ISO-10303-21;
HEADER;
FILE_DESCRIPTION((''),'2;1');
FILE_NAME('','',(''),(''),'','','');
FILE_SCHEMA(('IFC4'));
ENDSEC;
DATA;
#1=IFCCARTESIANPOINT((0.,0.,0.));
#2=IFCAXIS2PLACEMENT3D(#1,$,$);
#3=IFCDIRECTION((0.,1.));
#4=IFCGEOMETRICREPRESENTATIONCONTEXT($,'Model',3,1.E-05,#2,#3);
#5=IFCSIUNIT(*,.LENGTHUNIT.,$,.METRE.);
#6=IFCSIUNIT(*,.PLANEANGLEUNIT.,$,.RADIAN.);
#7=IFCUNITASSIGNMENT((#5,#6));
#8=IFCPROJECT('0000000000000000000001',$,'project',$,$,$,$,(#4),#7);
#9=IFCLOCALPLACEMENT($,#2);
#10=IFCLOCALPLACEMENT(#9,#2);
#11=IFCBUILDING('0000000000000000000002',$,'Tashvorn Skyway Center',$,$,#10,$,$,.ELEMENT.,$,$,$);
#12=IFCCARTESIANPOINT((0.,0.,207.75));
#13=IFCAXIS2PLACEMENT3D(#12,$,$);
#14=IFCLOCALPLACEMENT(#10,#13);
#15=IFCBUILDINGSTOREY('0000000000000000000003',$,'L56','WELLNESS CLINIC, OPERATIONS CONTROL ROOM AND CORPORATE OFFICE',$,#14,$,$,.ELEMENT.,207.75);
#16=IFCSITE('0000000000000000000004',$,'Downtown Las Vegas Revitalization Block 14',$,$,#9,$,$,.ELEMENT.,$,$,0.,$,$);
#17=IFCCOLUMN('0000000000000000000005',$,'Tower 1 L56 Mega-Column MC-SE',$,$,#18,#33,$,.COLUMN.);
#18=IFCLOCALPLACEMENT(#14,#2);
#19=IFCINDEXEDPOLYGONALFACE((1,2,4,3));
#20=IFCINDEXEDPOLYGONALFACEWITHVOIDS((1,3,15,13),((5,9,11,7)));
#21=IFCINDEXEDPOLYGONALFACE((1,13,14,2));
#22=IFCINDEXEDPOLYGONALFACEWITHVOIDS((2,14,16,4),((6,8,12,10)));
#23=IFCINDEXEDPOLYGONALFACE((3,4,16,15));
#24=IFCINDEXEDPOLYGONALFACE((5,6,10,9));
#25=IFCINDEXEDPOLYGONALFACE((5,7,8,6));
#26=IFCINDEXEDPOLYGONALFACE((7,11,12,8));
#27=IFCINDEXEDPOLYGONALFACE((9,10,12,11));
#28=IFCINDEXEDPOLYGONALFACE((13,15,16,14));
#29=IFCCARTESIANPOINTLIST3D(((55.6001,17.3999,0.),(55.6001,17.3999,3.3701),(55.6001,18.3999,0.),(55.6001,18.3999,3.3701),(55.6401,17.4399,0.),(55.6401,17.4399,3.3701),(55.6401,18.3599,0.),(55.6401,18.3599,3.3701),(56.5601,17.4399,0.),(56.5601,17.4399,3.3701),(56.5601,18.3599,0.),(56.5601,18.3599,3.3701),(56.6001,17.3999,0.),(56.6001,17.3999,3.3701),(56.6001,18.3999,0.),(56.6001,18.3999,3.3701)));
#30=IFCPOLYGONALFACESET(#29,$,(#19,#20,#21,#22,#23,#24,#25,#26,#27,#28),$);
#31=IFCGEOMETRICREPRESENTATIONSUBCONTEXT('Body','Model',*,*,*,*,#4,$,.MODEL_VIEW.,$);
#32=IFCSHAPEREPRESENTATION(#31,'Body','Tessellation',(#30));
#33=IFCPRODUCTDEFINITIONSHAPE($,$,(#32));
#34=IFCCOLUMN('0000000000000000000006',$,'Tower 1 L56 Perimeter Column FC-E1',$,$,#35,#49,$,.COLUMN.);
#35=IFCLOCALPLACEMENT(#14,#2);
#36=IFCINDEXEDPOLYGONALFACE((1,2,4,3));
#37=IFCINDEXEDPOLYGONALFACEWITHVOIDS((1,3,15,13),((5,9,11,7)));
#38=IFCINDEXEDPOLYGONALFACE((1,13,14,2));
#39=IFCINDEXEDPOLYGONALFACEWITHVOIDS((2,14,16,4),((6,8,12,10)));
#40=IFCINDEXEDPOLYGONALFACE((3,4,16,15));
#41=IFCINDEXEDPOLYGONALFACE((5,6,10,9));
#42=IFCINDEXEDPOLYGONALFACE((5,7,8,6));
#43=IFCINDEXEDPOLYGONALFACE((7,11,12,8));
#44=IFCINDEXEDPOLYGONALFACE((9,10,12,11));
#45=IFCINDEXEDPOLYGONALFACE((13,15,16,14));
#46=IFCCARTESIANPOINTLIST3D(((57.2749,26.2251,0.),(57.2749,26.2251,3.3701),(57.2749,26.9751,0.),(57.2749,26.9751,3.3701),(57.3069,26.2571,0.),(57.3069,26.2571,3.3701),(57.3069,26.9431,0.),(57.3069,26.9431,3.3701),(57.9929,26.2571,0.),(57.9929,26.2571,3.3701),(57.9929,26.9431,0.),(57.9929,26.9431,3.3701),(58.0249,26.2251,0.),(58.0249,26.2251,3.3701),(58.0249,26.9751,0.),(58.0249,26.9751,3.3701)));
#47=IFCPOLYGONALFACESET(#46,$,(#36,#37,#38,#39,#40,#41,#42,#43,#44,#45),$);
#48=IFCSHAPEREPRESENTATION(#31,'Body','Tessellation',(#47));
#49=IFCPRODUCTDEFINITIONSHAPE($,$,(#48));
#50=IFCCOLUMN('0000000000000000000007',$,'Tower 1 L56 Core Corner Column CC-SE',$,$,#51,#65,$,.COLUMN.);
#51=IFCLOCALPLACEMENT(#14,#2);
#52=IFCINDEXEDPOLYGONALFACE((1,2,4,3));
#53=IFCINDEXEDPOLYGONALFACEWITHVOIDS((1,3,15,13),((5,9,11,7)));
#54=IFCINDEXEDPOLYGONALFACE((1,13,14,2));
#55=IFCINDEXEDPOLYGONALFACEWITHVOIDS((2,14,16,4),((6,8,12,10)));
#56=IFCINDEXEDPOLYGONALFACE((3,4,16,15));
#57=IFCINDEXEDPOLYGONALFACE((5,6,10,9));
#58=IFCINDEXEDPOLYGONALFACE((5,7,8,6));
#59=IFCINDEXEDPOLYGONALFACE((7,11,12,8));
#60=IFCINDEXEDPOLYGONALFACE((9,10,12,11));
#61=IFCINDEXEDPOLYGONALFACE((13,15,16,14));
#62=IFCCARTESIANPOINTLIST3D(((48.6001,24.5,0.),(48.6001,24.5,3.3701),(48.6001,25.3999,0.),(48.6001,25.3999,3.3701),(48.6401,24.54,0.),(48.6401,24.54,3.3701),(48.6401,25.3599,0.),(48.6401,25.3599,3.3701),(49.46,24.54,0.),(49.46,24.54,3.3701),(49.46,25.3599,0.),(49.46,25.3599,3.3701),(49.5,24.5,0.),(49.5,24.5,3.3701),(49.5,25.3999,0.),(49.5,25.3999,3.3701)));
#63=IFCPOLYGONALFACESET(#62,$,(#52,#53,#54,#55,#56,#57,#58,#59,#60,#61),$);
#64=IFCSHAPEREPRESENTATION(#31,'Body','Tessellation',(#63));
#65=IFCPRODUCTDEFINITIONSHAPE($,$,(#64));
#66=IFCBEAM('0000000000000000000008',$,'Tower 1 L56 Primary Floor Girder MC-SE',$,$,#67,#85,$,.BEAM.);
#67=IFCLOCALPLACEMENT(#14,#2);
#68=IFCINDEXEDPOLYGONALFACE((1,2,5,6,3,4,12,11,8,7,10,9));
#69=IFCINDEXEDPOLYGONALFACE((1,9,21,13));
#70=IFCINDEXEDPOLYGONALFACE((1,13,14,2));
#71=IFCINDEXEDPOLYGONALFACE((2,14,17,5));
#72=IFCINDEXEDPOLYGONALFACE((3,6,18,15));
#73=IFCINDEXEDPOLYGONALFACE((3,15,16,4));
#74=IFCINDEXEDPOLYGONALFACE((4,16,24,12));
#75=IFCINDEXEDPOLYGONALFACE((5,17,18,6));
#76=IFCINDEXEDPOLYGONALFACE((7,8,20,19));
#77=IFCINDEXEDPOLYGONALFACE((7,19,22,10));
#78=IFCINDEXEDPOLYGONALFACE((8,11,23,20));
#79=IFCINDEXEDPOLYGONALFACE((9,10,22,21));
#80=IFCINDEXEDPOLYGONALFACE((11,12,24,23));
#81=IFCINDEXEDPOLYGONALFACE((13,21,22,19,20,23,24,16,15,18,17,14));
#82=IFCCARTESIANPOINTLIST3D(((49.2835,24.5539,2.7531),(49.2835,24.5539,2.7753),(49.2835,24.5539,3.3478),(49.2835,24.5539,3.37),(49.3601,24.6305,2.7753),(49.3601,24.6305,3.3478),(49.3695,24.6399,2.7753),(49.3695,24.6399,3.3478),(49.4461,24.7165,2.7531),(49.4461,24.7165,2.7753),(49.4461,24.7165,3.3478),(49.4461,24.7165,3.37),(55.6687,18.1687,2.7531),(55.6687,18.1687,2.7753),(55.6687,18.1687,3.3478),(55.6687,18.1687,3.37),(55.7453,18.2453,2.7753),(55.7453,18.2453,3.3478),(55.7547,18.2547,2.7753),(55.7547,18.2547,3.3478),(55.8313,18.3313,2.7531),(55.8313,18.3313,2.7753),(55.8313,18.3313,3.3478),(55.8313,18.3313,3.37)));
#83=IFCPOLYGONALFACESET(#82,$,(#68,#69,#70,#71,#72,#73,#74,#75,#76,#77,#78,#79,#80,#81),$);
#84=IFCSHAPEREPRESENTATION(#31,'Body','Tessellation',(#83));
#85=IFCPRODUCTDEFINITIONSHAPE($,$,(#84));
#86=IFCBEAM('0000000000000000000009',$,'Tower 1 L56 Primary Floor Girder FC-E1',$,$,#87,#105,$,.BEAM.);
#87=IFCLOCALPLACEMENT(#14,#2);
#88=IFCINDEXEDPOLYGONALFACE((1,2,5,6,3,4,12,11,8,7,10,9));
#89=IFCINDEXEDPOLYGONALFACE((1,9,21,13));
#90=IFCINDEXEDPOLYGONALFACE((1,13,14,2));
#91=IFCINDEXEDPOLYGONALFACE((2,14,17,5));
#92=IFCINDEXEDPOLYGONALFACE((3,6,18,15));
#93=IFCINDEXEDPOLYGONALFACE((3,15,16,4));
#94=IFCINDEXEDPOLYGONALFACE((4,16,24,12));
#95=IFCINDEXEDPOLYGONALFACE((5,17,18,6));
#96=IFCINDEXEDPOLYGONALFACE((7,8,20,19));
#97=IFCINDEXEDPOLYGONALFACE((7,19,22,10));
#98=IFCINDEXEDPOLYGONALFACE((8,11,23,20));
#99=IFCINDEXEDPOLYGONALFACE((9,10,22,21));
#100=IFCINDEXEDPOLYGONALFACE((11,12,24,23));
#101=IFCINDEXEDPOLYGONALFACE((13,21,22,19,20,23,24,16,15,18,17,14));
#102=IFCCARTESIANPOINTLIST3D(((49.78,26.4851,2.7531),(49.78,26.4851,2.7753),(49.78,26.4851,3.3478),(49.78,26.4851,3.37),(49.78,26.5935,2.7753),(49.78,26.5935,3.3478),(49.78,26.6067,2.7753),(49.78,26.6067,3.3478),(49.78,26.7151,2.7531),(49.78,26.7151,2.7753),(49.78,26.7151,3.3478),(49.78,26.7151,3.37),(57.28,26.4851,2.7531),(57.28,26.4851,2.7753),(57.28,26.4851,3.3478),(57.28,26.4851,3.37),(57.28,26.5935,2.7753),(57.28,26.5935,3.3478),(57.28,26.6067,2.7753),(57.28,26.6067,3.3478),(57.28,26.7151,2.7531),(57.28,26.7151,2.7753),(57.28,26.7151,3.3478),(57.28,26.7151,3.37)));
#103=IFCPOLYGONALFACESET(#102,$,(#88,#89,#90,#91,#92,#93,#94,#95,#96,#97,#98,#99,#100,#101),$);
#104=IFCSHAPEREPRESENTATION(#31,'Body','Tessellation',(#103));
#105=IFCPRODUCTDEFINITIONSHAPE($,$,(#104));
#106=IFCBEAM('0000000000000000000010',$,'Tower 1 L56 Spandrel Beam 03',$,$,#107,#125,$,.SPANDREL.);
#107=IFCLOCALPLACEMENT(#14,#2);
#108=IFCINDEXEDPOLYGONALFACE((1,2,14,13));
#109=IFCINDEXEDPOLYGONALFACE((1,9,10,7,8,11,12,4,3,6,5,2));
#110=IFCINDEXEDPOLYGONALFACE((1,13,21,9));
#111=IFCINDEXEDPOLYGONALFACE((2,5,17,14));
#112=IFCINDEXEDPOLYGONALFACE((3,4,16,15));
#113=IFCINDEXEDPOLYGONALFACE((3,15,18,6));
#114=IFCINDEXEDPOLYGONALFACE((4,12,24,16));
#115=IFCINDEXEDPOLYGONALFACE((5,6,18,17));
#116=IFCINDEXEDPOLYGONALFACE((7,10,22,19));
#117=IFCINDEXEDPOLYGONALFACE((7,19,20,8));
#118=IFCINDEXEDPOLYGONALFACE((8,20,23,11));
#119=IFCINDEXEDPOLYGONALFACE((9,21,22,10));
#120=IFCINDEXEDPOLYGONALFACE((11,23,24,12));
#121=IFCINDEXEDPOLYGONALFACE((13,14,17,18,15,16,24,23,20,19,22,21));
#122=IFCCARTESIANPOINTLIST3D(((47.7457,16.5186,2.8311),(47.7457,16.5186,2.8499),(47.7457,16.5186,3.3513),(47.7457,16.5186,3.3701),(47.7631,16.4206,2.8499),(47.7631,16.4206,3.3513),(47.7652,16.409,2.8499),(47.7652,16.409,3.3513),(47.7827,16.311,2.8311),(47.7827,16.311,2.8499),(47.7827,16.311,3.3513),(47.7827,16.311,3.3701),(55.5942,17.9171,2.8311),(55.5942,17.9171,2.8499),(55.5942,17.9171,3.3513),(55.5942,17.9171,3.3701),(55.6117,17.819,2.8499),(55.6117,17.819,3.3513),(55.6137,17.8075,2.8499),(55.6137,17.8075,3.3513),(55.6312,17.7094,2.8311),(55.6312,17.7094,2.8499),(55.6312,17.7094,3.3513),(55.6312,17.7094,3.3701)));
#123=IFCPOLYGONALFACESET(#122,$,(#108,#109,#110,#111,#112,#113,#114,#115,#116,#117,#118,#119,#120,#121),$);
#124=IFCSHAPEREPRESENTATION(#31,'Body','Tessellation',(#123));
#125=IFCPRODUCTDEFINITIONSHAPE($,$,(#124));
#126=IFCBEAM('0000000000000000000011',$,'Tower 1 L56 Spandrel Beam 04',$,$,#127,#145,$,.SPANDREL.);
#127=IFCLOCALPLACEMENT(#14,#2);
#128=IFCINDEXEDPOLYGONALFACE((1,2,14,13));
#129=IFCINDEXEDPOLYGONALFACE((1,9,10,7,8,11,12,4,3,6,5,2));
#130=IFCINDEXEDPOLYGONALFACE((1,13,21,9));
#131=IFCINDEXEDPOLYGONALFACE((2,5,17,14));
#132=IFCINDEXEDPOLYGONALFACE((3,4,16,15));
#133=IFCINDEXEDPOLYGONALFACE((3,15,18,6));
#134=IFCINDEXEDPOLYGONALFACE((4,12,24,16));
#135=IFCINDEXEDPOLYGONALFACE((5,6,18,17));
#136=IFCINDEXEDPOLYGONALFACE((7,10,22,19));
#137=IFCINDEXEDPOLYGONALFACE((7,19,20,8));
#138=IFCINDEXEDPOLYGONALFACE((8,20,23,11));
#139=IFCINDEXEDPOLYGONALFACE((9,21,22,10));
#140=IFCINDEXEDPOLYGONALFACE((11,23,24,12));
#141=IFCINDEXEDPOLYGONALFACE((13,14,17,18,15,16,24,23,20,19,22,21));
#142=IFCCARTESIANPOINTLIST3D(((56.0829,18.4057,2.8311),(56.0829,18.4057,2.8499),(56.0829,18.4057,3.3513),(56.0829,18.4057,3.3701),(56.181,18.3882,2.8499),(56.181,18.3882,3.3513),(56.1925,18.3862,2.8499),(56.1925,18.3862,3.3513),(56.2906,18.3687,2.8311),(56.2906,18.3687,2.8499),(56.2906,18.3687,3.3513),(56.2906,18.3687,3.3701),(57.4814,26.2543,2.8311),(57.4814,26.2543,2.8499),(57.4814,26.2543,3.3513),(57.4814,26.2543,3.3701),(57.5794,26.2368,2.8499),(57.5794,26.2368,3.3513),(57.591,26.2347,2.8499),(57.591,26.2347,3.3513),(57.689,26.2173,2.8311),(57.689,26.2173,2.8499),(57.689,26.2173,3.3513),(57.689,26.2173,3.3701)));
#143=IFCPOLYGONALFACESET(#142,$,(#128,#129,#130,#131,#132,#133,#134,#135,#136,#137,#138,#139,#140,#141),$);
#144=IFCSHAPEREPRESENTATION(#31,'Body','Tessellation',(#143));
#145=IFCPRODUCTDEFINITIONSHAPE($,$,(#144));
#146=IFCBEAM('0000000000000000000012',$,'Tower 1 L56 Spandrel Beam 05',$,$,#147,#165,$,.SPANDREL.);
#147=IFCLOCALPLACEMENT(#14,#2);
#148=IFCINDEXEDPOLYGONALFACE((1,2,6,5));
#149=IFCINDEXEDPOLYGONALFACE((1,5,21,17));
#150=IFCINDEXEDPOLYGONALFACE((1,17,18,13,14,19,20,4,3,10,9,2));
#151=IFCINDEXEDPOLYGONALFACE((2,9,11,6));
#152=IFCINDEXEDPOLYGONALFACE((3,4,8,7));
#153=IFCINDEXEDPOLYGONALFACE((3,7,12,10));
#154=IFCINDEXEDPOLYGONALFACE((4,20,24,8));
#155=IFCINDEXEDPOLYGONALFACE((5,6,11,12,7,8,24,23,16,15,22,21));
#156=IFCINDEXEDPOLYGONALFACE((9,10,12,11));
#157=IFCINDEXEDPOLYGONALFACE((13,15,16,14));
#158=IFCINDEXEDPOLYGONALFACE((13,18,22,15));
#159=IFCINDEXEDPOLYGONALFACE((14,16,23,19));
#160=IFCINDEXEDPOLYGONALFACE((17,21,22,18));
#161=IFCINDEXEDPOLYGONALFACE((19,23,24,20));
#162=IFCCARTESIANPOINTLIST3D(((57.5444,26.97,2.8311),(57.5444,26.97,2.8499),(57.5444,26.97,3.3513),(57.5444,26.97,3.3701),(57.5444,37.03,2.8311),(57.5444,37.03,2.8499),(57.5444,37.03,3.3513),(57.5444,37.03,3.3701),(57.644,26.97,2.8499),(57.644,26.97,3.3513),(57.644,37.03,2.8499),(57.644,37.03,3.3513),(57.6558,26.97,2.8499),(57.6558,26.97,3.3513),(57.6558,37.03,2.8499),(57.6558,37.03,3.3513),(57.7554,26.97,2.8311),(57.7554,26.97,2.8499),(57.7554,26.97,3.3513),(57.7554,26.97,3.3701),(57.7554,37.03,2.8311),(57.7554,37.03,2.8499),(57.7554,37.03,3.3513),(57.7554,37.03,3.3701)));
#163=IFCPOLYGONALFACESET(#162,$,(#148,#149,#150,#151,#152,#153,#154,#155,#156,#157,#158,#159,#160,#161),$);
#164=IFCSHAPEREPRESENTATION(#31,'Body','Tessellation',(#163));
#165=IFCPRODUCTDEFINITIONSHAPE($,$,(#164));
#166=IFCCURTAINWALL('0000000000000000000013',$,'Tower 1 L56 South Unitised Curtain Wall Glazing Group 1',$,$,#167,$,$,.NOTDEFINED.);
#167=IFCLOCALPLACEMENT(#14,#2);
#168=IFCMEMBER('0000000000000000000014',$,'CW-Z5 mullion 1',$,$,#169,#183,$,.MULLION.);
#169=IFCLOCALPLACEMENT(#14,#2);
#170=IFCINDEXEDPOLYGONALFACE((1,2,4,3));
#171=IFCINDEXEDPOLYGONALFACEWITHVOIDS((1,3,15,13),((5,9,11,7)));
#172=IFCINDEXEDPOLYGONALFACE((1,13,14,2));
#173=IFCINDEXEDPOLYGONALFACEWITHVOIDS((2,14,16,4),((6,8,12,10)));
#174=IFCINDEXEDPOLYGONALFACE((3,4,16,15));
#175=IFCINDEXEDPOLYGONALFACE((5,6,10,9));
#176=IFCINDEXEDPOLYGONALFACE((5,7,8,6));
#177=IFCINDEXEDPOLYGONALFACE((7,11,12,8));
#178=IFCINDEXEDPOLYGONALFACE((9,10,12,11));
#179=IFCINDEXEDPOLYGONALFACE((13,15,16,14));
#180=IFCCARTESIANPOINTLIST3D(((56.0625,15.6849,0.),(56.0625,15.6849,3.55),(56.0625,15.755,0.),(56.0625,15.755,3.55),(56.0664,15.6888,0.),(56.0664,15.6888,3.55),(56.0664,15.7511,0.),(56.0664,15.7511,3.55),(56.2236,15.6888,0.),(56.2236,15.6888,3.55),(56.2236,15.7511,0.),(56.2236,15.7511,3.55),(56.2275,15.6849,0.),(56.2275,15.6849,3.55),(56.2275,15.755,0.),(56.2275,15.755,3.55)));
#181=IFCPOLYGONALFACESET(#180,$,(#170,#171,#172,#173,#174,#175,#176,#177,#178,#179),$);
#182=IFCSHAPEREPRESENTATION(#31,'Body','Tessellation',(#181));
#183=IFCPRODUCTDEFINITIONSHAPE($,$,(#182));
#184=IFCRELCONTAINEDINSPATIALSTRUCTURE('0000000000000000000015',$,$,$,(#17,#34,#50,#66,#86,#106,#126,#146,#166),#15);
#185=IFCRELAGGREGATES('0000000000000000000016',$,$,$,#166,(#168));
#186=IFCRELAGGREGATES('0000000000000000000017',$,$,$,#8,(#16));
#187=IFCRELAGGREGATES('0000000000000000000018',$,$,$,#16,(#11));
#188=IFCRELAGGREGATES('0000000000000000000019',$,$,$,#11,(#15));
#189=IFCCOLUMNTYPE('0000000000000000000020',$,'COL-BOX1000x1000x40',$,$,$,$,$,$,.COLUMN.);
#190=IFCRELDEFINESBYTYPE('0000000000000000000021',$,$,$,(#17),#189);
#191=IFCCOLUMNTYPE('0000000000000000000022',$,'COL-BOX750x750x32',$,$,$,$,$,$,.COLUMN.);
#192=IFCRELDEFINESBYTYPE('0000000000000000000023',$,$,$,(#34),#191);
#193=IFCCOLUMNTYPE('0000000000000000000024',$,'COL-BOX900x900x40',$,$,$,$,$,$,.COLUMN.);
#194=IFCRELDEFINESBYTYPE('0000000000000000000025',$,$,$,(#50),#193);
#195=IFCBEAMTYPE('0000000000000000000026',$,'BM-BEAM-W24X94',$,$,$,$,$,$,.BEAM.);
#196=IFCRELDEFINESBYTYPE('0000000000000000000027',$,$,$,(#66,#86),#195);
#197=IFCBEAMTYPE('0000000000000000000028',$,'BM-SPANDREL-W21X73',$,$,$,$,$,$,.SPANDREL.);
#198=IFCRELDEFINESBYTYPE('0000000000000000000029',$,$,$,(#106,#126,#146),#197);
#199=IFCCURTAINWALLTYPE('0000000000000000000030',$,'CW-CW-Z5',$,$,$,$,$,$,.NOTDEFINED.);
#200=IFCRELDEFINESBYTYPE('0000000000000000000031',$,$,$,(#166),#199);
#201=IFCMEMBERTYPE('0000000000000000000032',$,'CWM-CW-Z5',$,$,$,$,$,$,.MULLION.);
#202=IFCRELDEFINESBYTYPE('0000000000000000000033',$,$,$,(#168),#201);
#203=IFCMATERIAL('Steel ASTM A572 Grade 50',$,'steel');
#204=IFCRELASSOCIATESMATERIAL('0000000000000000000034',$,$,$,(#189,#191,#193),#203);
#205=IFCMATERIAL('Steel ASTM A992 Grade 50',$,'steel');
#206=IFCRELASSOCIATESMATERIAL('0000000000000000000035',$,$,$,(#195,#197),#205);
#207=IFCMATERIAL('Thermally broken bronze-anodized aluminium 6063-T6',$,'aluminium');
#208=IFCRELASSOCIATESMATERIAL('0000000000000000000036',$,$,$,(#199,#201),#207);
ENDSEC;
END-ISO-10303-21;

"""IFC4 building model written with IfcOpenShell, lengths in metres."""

from ifc_helpers import new_model, si_unit, direction, frame, origin, origin_2d, place, context, subcontext, project, spatial, hollow_rectangle, i_section, extrude, material, material_profile, profile_set, type_object, element, aggregate, save


model = new_model("IFC4")

# Units and contexts
model_context = context("Model", 3, precision=1e-05, world=origin(), true_north=direction((0.0, 1.0)))
body_context = subcontext(model_context, "Body", "Model", "MODEL_VIEW")
ifc_project = project(units=[si_unit("LENGTHUNIT", "METRE"), si_unit("PLANEANGLEUNIT", "RADIAN")], contexts=[model_context])

# Site, building, storey
site_placement = place(None, origin())
site = spatial("IfcSite", under=ifc_project, at=site_placement, Name="Downtown Las Vegas Revitalization Block 14", CompositionType="ELEMENT", RefElevation=0.0)
building_placement = place(site_placement, origin())
building = spatial("IfcBuilding", under=site, at=building_placement, Name="Tashvorn Skyway Center", CompositionType="ELEMENT")
storey_placement = place(building_placement, frame((0.0, 0.0, 207.75)))
storey = spatial("IfcBuildingStorey", under=building, at=storey_placement, Name="L56", Description="WELLNESS CLINIC, OPERATIONS CONTROL ROOM AND CORPORATE OFFICE", CompositionType="ELEMENT", Elevation=207.75)

# Columns
ifc_material_1 = material(Name="Steel ASTM A572 Grade 50", Category="steel")
ifc_material_profile_1 = material_profile(ifc_material_1, hollow_rectangle(XDim=1.0, YDim=1.0, WallThickness=0.04, at=origin_2d()), Name="BOX1000x1000x40")
ifc_profile_set_1 = profile_set([ifc_material_profile_1], Name="Steel ASTM A572 Grade 50")
column_type_1 = type_object("IfcColumnType", Name="COL-BOX1000x1000x40", PredefinedType="COLUMN", material=ifc_profile_set_1)
column_1_placement = place(storey_placement, frame((56.1001, 17.8999, 0.0), z_axis=(0.0, 0.0, 1.0), x_axis=(1.0, 0.0, 0.0)))
element("IfcColumn", 1, at=column_1_placement, inside=storey, type_object=column_type_1, Name="Tower 1 L56 Mega-Column MC-SE", PredefinedType="COLUMN", context=body_context, shape_type="SweptSolid", body=[
    extrude(hollow_rectangle(XDim=1.0, YDim=1.0, WallThickness=0.04, at=origin_2d()), origin(), (0.0, 0.0, 1.0), 3.3701),
])
ifc_material_profile_2 = material_profile(ifc_material_1, hollow_rectangle(XDim=0.75, YDim=0.75, WallThickness=0.032, at=origin_2d()), Name="BOX750x750x32")
ifc_profile_set_2 = profile_set([ifc_material_profile_2], Name="Steel ASTM A572 Grade 50")
column_type_2 = type_object("IfcColumnType", Name="COL-BOX750x750x32", PredefinedType="COLUMN", material=ifc_profile_set_2)
column_2_placement = place(storey_placement, frame((57.6499, 26.6001, 0.0), z_axis=(0.0, 0.0, 1.0), x_axis=(1.0, 0.0, 0.0)))
element("IfcColumn", 2, at=column_2_placement, inside=storey, type_object=column_type_2, Name="Tower 1 L56 Perimeter Column FC-E1", PredefinedType="COLUMN", context=body_context, shape_type="SweptSolid", body=[
    extrude(hollow_rectangle(XDim=0.75, YDim=0.75, WallThickness=0.032, at=origin_2d()), origin(), (0.0, 0.0, 1.0), 3.3701),
])
ifc_material_profile_3 = material_profile(ifc_material_1, hollow_rectangle(XDim=0.8999, YDim=0.8999, WallThickness=0.04, at=origin_2d()), Name="BOX900x900x40")
ifc_profile_set_3 = profile_set([ifc_material_profile_3], Name="Steel ASTM A572 Grade 50")
column_type_3 = type_object("IfcColumnType", Name="COL-BOX900x900x40", PredefinedType="COLUMN", material=ifc_profile_set_3)
column_3_placement = place(storey_placement, frame((49.05, 24.95, 0.0), z_axis=(0.0, 0.0, 1.0), x_axis=(1.0, 0.0, 0.0)))
element("IfcColumn", 3, at=column_3_placement, inside=storey, type_object=column_type_3, Name="Tower 1 L56 Core Corner Column CC-SE", PredefinedType="COLUMN", context=body_context, shape_type="SweptSolid", body=[
    extrude(hollow_rectangle(XDim=0.8999, YDim=0.8999, WallThickness=0.04, at=origin_2d()), origin(), (0.0, 0.0, 1.0), 3.3701),
])

# Beams
ifc_material_2 = material(Name="Steel ASTM A992 Grade 50", Category="steel")
ifc_material_profile_4 = material_profile(ifc_material_2, i_section(OverallWidth=0.23, OverallDepth=0.6169, WebThickness=0.0132, FlangeThickness=0.0222, at=origin_2d()), Name="W24X94")
ifc_profile_set_4 = profile_set([ifc_material_profile_4], Name="Steel ASTM A992 Grade 50")
beam_type_1 = type_object("IfcBeamType", Name="BM-BEAM-W24X94", PredefinedType="BEAM", material=ifc_profile_set_4)
beam_1_placement = place(storey_placement, frame((55.75, 18.25, 3.0615), z_axis=(-0.707107, 0.707107, 0.0), x_axis=(-0.707107, -0.707107, 0.0)))
element("IfcBeam", 4, at=beam_1_placement, inside=storey, type_object=beam_type_1, Name="Tower 1 L56 Primary Floor Girder MC-SE", PredefinedType="BEAM", context=body_context, shape_type="SweptSolid", body=[
    extrude(i_section(OverallWidth=0.23, OverallDepth=0.6169, WebThickness=0.0132, FlangeThickness=0.0222, at=origin_2d()), origin(), (0.0, 0.0, 1.0), 9.03),
])
beam_2_placement = place(storey_placement, frame((57.28, 26.6001, 3.0615), z_axis=(-1.0, 0.0, 0.0), x_axis=(0.0, -1.0, 0.0)))
element("IfcBeam", 5, at=beam_2_placement, inside=storey, type_object=beam_type_1, Name="Tower 1 L56 Primary Floor Girder FC-E1", PredefinedType="BEAM", context=body_context, shape_type="SweptSolid", body=[
    extrude(i_section(OverallWidth=0.23, OverallDepth=0.6169, WebThickness=0.0132, FlangeThickness=0.0222, at=origin_2d()), origin(), (0.0, 0.0, 1.0), 7.5),
])
ifc_material_profile_5 = material_profile(ifc_material_2, i_section(OverallWidth=0.2109, OverallDepth=0.5391, WebThickness=0.0117, FlangeThickness=0.0188, at=origin_2d()), Name="W21X73")
ifc_profile_set_5 = profile_set([ifc_material_profile_5], Name="Steel ASTM A992 Grade 50")
beam_type_2 = type_object("IfcBeamType", Name="BM-SPANDREL-W21X73", PredefinedType="SPANDREL", material=ifc_profile_set_5)
for number, where, z_axis, x_axis, name in (
    (6, (47.7642, 16.4148, 3.1006), (0.984495, 0.175413, 0.0), (-0.175413, 0.984495, 0.0), "Tower 1 L56 Spandrel Beam 03"),
    (7, (56.1868, 18.3872, 3.1006), (0.175413, 0.984495, 0.0), (-0.984495, 0.175413, 0.0), "Tower 1 L56 Spandrel Beam 04"),
):
    element("IfcBeam", number, at=place(storey_placement, frame(where, z_axis=z_axis, x_axis=x_axis)), inside=storey, type_object=beam_type_2, Name=name, PredefinedType="SPANDREL", context=body_context, shape_type="SweptSolid", body=[
        extrude(i_section(OverallWidth=0.2109, OverallDepth=0.5391, WebThickness=0.0117, FlangeThickness=0.0188, at=origin_2d()), origin(), (0.0, 0.0, 1.0), 7.9722),
    ])
beam_3_placement = place(storey_placement, frame((57.6499, 26.97, 3.1006), z_axis=(0.0, 1.0, 0.0), x_axis=(-1.0, 0.0, 0.0)))
element("IfcBeam", 8, at=beam_3_placement, inside=storey, type_object=beam_type_2, Name="Tower 1 L56 Spandrel Beam 05", PredefinedType="SPANDREL", context=body_context, shape_type="SweptSolid", body=[
    extrude(i_section(OverallWidth=0.2109, OverallDepth=0.5391, WebThickness=0.0117, FlangeThickness=0.0188, at=origin_2d()), origin(), (0.0, 0.0, 1.0), 10.0601),
])

# Curtain wall, member
ifc_material_3 = material(Name="Thermally broken bronze-anodized aluminium 6063-T6", Category="aluminium")
curtain_wall_type = type_object("IfcCurtainWallType", Name="CW-CW-Z5", PredefinedType="NOTDEFINED", material=ifc_material_3)
curtain_wall_1_placement = place(storey_placement, origin())
curtain_wall_1 = element("IfcCurtainWall", 9, at=curtain_wall_1_placement, inside=storey, type_object=curtain_wall_type, Name="Tower 1 L56 South Unitised Curtain Wall Glazing Group 1", PredefinedType="NOTDEFINED")
ifc_material_profile_6 = material_profile(ifc_material_3, hollow_rectangle(XDim=0.0701, YDim=0.165, WallThickness=0.0039, at=origin_2d()), Name="ALU-MULL-70x165")
ifc_profile_set_6 = profile_set([ifc_material_profile_6], Name="Thermally broken bronze-anodized aluminium 6063-T6")
member_type_1 = type_object("IfcMemberType", Name="CWM-CW-Z5", PredefinedType="MULLION", material=ifc_profile_set_6)
member_1_placement = place(storey_placement, frame((56.145, 15.72, 0.0), z_axis=(0.0, 0.0, 1.0), x_axis=(0.0, -1.0, 0.0)))
member_1 = element("IfcMember", 10, at=member_1_placement, type_object=member_type_1, Name="CW-Z5 mullion 1", PredefinedType="MULLION", context=body_context, shape_type="SweptSolid", body=[
    extrude(hollow_rectangle(XDim=0.0701, YDim=0.165, WallThickness=0.0039, at=origin_2d()), origin(), (0.0, 0.0, 1.0), 3.55),
])

aggregate(curtain_wall_1, [member_1])

save(model, "model.ifc")
